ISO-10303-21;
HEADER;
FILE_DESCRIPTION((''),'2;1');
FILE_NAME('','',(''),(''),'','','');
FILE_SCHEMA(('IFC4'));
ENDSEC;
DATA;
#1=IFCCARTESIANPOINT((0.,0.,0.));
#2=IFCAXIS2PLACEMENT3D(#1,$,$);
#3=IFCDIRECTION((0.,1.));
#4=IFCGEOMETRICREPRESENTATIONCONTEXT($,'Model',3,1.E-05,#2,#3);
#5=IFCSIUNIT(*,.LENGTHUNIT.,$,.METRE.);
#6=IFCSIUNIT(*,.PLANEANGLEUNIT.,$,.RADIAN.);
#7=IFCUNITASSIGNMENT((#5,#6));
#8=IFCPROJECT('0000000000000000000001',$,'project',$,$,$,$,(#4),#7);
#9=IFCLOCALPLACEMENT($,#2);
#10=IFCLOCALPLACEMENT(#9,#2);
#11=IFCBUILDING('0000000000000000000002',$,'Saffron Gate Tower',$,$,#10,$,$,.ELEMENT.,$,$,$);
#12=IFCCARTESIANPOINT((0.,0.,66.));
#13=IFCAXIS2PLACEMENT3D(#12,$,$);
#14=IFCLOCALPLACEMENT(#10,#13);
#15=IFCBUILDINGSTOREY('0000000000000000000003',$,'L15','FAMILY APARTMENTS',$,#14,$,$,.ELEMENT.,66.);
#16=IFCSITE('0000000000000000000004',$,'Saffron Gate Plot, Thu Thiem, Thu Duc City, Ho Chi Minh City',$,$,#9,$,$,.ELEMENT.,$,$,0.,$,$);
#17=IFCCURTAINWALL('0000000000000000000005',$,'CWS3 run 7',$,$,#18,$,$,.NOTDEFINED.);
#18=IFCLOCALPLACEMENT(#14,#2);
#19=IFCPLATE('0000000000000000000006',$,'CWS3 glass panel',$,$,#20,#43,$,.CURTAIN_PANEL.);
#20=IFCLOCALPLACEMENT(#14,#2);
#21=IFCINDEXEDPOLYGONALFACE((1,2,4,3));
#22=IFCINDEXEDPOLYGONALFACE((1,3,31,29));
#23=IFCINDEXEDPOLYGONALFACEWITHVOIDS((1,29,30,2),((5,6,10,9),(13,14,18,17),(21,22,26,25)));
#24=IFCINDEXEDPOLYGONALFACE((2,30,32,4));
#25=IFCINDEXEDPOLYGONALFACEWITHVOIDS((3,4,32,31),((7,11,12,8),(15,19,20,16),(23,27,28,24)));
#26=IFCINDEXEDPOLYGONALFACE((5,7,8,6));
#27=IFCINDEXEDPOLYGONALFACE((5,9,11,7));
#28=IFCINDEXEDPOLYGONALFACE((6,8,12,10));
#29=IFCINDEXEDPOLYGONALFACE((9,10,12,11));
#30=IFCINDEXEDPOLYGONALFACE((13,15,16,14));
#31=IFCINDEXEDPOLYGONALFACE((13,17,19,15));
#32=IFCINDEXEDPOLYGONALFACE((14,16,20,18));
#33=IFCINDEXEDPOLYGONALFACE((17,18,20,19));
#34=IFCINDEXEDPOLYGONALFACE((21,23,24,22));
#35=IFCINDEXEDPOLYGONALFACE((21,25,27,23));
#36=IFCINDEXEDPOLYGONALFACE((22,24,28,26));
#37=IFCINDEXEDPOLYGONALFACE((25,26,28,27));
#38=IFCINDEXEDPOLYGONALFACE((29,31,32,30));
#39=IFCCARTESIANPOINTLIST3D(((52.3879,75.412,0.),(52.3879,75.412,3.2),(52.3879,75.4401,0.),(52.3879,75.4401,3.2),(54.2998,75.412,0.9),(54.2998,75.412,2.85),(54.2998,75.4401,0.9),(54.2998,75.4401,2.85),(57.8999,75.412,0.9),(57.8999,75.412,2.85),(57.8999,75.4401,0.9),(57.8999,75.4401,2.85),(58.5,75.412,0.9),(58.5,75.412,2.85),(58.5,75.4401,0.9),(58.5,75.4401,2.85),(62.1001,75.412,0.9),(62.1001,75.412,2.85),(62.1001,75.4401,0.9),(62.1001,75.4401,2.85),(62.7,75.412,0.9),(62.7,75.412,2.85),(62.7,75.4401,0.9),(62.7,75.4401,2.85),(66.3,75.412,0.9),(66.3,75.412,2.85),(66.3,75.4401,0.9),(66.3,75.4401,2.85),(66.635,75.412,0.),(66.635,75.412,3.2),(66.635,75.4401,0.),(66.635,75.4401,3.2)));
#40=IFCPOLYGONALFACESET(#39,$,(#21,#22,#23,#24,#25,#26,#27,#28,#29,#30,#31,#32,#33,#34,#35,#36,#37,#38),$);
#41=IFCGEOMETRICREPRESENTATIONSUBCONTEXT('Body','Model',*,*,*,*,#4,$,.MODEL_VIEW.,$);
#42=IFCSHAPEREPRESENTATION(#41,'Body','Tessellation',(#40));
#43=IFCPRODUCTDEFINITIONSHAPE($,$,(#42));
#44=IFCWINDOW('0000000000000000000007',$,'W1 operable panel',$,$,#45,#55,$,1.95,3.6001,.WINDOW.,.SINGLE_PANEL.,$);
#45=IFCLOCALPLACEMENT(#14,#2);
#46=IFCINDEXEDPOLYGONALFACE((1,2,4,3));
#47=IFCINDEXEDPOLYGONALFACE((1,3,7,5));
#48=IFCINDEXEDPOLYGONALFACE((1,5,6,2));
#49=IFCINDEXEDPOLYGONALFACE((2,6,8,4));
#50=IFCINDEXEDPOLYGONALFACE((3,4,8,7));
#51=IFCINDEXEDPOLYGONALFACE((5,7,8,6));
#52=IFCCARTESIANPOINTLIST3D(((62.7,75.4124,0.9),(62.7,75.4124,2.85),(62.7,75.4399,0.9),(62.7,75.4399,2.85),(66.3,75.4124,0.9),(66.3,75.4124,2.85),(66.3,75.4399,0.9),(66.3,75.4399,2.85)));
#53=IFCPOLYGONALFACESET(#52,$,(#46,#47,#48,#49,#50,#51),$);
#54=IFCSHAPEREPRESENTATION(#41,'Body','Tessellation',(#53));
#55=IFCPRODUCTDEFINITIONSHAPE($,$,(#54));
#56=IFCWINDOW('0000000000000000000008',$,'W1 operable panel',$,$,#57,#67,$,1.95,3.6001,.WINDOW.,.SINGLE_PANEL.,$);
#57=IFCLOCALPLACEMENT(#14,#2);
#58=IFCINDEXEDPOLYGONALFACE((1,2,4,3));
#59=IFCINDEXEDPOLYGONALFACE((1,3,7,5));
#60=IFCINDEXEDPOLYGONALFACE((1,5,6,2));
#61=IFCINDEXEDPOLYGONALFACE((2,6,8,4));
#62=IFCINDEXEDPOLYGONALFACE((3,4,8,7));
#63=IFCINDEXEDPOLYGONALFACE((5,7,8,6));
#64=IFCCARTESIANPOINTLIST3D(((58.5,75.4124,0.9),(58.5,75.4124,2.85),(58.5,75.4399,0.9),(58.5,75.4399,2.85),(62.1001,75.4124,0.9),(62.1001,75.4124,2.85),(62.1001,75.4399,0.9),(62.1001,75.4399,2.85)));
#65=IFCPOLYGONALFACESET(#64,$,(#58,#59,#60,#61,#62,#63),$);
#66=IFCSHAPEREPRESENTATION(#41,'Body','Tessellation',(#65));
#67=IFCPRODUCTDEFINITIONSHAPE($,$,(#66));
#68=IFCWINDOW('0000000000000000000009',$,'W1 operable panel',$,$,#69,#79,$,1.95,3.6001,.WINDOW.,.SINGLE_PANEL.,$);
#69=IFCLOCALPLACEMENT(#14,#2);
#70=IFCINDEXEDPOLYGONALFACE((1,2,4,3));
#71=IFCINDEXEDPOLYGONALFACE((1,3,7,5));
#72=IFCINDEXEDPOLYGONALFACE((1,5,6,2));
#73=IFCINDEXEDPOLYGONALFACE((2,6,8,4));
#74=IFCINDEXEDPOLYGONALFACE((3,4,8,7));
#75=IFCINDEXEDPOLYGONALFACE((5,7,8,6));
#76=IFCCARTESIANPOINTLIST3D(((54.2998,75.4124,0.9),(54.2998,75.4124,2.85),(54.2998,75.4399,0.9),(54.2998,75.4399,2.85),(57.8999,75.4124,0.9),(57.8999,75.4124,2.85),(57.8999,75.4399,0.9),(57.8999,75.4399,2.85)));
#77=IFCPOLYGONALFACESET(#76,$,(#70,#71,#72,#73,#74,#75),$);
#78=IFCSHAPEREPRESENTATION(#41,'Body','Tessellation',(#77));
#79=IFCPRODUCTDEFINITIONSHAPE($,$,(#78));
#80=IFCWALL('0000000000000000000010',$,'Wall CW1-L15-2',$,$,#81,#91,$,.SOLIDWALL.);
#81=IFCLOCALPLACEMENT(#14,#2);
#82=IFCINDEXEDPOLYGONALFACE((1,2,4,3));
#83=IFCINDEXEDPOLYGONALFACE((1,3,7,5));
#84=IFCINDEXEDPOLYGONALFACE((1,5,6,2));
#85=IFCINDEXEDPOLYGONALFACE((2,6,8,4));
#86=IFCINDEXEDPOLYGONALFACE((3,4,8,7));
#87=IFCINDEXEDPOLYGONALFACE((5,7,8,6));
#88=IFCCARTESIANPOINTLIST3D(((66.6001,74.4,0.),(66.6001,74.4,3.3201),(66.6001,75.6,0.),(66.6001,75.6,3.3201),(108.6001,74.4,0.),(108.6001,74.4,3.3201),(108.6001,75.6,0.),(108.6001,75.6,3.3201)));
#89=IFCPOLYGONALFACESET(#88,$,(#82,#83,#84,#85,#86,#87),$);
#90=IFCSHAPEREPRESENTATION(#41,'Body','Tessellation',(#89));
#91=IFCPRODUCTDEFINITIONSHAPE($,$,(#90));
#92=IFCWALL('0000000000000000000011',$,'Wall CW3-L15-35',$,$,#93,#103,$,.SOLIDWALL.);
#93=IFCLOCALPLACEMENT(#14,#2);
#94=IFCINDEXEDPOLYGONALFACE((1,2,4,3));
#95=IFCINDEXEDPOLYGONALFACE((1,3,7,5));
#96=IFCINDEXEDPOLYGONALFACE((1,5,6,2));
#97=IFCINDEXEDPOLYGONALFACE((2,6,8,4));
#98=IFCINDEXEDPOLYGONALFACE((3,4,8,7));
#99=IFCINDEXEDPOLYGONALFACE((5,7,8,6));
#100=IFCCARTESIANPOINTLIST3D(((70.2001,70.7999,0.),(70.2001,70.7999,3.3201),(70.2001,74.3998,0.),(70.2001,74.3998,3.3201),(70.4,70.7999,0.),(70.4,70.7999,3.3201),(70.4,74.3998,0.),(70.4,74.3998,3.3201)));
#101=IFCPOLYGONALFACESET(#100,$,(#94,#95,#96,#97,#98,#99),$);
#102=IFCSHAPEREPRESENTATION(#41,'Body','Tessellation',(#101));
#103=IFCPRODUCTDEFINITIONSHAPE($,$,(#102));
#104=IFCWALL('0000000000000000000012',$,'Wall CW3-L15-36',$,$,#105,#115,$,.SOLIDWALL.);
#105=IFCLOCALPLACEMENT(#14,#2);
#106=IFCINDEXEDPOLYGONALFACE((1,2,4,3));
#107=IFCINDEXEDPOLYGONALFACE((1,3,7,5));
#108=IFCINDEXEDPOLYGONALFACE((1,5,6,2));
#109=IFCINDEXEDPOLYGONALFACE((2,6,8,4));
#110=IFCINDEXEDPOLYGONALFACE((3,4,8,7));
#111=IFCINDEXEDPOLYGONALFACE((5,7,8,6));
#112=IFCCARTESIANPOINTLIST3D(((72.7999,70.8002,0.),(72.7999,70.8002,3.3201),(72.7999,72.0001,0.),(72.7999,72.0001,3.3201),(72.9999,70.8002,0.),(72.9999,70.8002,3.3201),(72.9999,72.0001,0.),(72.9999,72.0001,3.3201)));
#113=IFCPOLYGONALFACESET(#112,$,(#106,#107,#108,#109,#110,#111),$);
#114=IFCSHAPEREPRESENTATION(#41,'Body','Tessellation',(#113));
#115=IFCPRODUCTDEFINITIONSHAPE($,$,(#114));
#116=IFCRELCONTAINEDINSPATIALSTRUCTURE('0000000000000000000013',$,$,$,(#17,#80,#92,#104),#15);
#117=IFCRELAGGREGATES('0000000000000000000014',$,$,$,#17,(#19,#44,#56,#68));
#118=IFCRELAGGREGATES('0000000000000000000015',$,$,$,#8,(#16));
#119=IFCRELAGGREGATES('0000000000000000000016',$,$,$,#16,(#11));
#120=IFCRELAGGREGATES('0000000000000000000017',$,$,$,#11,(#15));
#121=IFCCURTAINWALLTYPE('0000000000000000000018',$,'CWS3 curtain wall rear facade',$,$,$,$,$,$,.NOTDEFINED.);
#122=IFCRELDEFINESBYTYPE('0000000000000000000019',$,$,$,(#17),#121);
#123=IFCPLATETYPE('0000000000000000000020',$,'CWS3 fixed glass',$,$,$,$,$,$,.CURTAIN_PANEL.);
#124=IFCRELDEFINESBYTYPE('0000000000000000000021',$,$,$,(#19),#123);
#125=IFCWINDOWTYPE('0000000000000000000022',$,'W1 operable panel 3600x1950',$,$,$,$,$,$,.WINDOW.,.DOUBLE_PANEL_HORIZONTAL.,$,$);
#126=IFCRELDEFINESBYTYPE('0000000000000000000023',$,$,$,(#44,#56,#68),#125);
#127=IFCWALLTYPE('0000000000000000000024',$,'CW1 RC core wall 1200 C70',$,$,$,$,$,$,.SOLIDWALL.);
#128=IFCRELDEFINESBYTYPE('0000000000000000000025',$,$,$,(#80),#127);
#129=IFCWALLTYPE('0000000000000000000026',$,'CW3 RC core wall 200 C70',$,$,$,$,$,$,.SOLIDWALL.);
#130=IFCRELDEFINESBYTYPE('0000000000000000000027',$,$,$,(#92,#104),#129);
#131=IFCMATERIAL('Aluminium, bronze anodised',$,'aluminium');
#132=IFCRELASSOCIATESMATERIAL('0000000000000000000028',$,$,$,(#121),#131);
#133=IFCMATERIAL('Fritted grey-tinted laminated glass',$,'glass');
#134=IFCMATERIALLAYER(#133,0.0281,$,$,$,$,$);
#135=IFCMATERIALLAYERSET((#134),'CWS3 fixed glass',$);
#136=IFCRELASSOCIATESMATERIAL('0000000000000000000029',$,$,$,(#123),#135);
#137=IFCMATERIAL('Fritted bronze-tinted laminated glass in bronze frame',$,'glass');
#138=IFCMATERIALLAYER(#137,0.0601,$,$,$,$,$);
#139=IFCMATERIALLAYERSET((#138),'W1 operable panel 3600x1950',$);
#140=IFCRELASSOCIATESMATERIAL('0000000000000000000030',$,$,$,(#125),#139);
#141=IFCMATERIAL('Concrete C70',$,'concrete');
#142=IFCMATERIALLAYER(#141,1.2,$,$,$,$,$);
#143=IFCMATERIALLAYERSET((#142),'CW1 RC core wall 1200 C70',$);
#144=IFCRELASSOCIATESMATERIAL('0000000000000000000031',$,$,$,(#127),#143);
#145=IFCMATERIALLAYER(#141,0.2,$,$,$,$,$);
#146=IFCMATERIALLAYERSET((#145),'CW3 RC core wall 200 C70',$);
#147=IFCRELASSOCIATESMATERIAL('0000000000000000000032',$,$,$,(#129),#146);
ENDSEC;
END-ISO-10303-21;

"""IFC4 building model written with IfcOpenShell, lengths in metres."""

from ifc_helpers import new_model, si_unit, direction, frame, frame_2d, origin, place, context, subcontext, project, spatial, rectangle, extrude, material, layer, layer_set, type_object, element, fill, aggregate, save


model = new_model("IFC4")

# Units and contexts
model_context = context("Model", 3, precision=1e-05, world=origin(), true_north=direction((0.0, 1.0)))
body_context = subcontext(model_context, "Body", "Model", "MODEL_VIEW")
ifc_project = project(units=[si_unit("LENGTHUNIT", "METRE"), si_unit("PLANEANGLEUNIT", "RADIAN")], contexts=[model_context])

# Site, building, storey
site_placement = place(None, origin())
site = spatial("IfcSite", under=ifc_project, at=site_placement, Name="Saffron Gate Plot, Thu Thiem, Thu Duc City, Ho Chi Minh City", CompositionType="ELEMENT", RefElevation=0.0)
building_placement = place(site_placement, origin())
building = spatial("IfcBuilding", under=site, at=building_placement, Name="Saffron Gate Tower", CompositionType="ELEMENT")
storey_placement = place(building_placement, frame((0.0, 0.0, 66.0)))
storey = spatial("IfcBuildingStorey", under=building, at=storey_placement, Name="L15", Description="FAMILY APARTMENTS", CompositionType="ELEMENT", Elevation=66.0)

# Curtain wall, plate, openings, windows
ifc_material_1 = material(Name="Aluminium, bronze anodised", Category="aluminium")
curtain_wall_type = type_object("IfcCurtainWallType", Name="CWS3 curtain wall rear facade", PredefinedType="NOTDEFINED", material=ifc_material_1)
curtain_wall_placement = place(storey_placement, origin())
curtain_wall = element("IfcCurtainWall", 1, at=curtain_wall_placement, inside=storey, type_object=curtain_wall_type, Name="CWS3 run 7", PredefinedType="NOTDEFINED")
ifc_material_2 = material(Name="Fritted grey-tinted laminated glass", Category="glass")
ifc_layer_1 = layer(ifc_material_2, 0.0281)
ifc_layer_set_1 = layer_set([ifc_layer_1], Name="CWS3 fixed glass")
plate_type = type_object("IfcPlateType", Name="CWS3 fixed glass", PredefinedType="CURTAIN_PANEL", material=ifc_layer_set_1)
plate_placement = place(storey_placement, frame((66.635, 75.426, 0.0), z_axis=(0.0, 0.0, 1.0), x_axis=(-1.0, 0.0, 0.0)))
plate = element("IfcPlate", 2, at=plate_placement, type_object=plate_type, Name="CWS3 glass panel", PredefinedType="CURTAIN_PANEL", context=body_context, shape_type="SweptSolid", body=[
    extrude(rectangle(XDim=14.2471, YDim=0.0281, at=frame_2d((7.1235, 0.0))), origin(), (0.0, 0.0, 1.0), 3.2),
])
opening_1_placement = place(plate_placement, frame((0.335, 0.0, 0.8999)))
opening_1 = element("IfcOpeningElement", 3, at=opening_1_placement, cuts=plate, PredefinedType="OPENING", context=body_context, shape_type="SweptSolid", body=[
    extrude(rectangle(XDim=3.6001, YDim=1.95, at=frame_2d((1.8, 0.9751))), frame((0.0, 0.0239, 0.0), z_axis=(0.0, -1.0, 0.0), x_axis=(1.0, 0.0, 0.0)), (0.0, 0.0, 1.0), 0.0481),
])
opening_2_placement = place(plate_placement, frame((4.5349, 0.0, 0.8999)))
opening_2 = element("IfcOpeningElement", 4, at=opening_2_placement, cuts=plate, PredefinedType="OPENING", context=body_context, shape_type="SweptSolid", body=[
    extrude(rectangle(XDim=3.6001, YDim=1.95, at=frame_2d((1.8, 0.9751))), frame((0.0, 0.0239, 0.0), z_axis=(0.0, -1.0, 0.0), x_axis=(1.0, 0.0, 0.0)), (0.0, 0.0, 1.0), 0.0481),
])
opening_3_placement = place(plate_placement, frame((8.7351, 0.0, 0.8999)))
opening_3 = element("IfcOpeningElement", 5, at=opening_3_placement, cuts=plate, PredefinedType="OPENING", context=body_context, shape_type="SweptSolid", body=[
    extrude(rectangle(XDim=3.6001, YDim=1.95, at=frame_2d((1.8, 0.9751))), frame((0.0, 0.0239, 0.0), z_axis=(0.0, -1.0, 0.0), x_axis=(1.0, 0.0, 0.0)), (0.0, 0.0, 1.0), 0.0481),
])
ifc_material_3 = material(Name="Fritted bronze-tinted laminated glass in bronze frame", Category="glass")
ifc_layer_2 = layer(ifc_material_3, 0.0601)
ifc_layer_set_2 = layer_set([ifc_layer_2], Name="W1 operable panel 3600x1950")
window_type = type_object("IfcWindowType", Name="W1 operable panel 3600x1950", PartitioningType="DOUBLE_PANEL_HORIZONTAL", PredefinedType="WINDOW", material=ifc_layer_set_2)
window_1_placement = place(opening_1_placement, origin())
window_1 = element("IfcWindow", 6, at=window_1_placement, type_object=window_type, Name="W1 operable panel", OverallHeight=1.95, OverallWidth=3.6001, PartitioningType="SINGLE_PANEL", PredefinedType="WINDOW", context=body_context, shape_type="SweptSolid", body=[
    extrude(rectangle(XDim=3.6001, YDim=1.95, at=frame_2d((1.8, 0.9751))), frame((0.0, 0.0137, 0.0), z_axis=(0.0, -1.0, 0.0), x_axis=(1.0, 0.0, 0.0)), (0.0, 0.0, 1.0), 0.0276),
])
fill(opening_1, window_1)
window_2_placement = place(opening_2_placement, origin())
window_2 = element("IfcWindow", 7, at=window_2_placement, type_object=window_type, Name="W1 operable panel", OverallHeight=1.95, OverallWidth=3.6001, PartitioningType="SINGLE_PANEL", PredefinedType="WINDOW", context=body_context, shape_type="SweptSolid", body=[
    extrude(rectangle(XDim=3.6001, YDim=1.95, at=frame_2d((1.8, 0.9751))), frame((0.0, 0.0137, 0.0), z_axis=(0.0, -1.0, 0.0), x_axis=(1.0, 0.0, 0.0)), (0.0, 0.0, 1.0), 0.0276),
])
fill(opening_2, window_2)
window_3_placement = place(opening_3_placement, origin())
window_3 = element("IfcWindow", 8, at=window_3_placement, type_object=window_type, Name="W1 operable panel", OverallHeight=1.95, OverallWidth=3.6001, PartitioningType="SINGLE_PANEL", PredefinedType="WINDOW", context=body_context, shape_type="SweptSolid", body=[
    extrude(rectangle(XDim=3.6001, YDim=1.95, at=frame_2d((1.8, 0.9751))), frame((0.0, 0.0137, 0.0), z_axis=(0.0, -1.0, 0.0), x_axis=(1.0, 0.0, 0.0)), (0.0, 0.0, 1.0), 0.0276),
])
fill(opening_3, window_3)
aggregate(curtain_wall, [plate, window_1, window_2, window_3])

# Walls
ifc_material_4 = material(Name="Concrete C70", Category="concrete")
ifc_layer_3 = layer(ifc_material_4, 1.2)
ifc_layer_set_3 = layer_set([ifc_layer_3], Name="CW1 RC core wall 1200 C70")
wall_type_1 = type_object("IfcWallType", Name="CW1 RC core wall 1200 C70", PredefinedType="SOLIDWALL", material=ifc_layer_set_3)
wall_1_placement = place(storey_placement, frame((66.6001, 75.0, 0.0), z_axis=(0.0, 0.0, 1.0), x_axis=(1.0, 0.0, 0.0)))
element("IfcWall", 9, at=wall_1_placement, inside=storey, type_object=wall_type_1, Name="Wall CW1-L15-2", PredefinedType="SOLIDWALL", context=body_context, shape_type="SweptSolid", body=[
    extrude(rectangle(XDim=42.0, YDim=1.2, at=frame_2d((21.0, 0.0))), origin(), (0.0, 0.0, 1.0), 3.3201),
])
ifc_layer_4 = layer(ifc_material_4, 0.2)
ifc_layer_set_4 = layer_set([ifc_layer_4], Name="CW3 RC core wall 200 C70")
wall_type_2 = type_object("IfcWallType", Name="CW3 RC core wall 200 C70", PredefinedType="SOLIDWALL", material=ifc_layer_set_4)
wall_2_placement = place(storey_placement, frame((70.3, 70.8, 0.0), z_axis=(0.0, 0.0, 1.0), x_axis=(0.0, 1.0, 0.0)))
element("IfcWall", 10, at=wall_2_placement, inside=storey, type_object=wall_type_2, Name="Wall CW3-L15-35", PredefinedType="SOLIDWALL", context=body_context, shape_type="SweptSolid", body=[
    extrude(rectangle(XDim=3.5999, YDim=0.2, at=frame_2d((1.7998, 0.0))), origin(), (0.0, 0.0, 1.0), 3.3201),
])
wall_3_placement = place(storey_placement, frame((72.8999, 70.8, 0.0), z_axis=(0.0, 0.0, 1.0), x_axis=(0.0, 1.0, 0.0)))
element("IfcWall", 11, at=wall_3_placement, inside=storey, type_object=wall_type_2, Name="Wall CW3-L15-36", PredefinedType="SOLIDWALL", context=body_context, shape_type="SweptSolid", body=[
    extrude(rectangle(XDim=1.2, YDim=0.2, at=frame_2d((0.6001, 0.0))), origin(), (0.0, 0.0, 1.0), 3.3201),
])

save(model, "model.ifc")
